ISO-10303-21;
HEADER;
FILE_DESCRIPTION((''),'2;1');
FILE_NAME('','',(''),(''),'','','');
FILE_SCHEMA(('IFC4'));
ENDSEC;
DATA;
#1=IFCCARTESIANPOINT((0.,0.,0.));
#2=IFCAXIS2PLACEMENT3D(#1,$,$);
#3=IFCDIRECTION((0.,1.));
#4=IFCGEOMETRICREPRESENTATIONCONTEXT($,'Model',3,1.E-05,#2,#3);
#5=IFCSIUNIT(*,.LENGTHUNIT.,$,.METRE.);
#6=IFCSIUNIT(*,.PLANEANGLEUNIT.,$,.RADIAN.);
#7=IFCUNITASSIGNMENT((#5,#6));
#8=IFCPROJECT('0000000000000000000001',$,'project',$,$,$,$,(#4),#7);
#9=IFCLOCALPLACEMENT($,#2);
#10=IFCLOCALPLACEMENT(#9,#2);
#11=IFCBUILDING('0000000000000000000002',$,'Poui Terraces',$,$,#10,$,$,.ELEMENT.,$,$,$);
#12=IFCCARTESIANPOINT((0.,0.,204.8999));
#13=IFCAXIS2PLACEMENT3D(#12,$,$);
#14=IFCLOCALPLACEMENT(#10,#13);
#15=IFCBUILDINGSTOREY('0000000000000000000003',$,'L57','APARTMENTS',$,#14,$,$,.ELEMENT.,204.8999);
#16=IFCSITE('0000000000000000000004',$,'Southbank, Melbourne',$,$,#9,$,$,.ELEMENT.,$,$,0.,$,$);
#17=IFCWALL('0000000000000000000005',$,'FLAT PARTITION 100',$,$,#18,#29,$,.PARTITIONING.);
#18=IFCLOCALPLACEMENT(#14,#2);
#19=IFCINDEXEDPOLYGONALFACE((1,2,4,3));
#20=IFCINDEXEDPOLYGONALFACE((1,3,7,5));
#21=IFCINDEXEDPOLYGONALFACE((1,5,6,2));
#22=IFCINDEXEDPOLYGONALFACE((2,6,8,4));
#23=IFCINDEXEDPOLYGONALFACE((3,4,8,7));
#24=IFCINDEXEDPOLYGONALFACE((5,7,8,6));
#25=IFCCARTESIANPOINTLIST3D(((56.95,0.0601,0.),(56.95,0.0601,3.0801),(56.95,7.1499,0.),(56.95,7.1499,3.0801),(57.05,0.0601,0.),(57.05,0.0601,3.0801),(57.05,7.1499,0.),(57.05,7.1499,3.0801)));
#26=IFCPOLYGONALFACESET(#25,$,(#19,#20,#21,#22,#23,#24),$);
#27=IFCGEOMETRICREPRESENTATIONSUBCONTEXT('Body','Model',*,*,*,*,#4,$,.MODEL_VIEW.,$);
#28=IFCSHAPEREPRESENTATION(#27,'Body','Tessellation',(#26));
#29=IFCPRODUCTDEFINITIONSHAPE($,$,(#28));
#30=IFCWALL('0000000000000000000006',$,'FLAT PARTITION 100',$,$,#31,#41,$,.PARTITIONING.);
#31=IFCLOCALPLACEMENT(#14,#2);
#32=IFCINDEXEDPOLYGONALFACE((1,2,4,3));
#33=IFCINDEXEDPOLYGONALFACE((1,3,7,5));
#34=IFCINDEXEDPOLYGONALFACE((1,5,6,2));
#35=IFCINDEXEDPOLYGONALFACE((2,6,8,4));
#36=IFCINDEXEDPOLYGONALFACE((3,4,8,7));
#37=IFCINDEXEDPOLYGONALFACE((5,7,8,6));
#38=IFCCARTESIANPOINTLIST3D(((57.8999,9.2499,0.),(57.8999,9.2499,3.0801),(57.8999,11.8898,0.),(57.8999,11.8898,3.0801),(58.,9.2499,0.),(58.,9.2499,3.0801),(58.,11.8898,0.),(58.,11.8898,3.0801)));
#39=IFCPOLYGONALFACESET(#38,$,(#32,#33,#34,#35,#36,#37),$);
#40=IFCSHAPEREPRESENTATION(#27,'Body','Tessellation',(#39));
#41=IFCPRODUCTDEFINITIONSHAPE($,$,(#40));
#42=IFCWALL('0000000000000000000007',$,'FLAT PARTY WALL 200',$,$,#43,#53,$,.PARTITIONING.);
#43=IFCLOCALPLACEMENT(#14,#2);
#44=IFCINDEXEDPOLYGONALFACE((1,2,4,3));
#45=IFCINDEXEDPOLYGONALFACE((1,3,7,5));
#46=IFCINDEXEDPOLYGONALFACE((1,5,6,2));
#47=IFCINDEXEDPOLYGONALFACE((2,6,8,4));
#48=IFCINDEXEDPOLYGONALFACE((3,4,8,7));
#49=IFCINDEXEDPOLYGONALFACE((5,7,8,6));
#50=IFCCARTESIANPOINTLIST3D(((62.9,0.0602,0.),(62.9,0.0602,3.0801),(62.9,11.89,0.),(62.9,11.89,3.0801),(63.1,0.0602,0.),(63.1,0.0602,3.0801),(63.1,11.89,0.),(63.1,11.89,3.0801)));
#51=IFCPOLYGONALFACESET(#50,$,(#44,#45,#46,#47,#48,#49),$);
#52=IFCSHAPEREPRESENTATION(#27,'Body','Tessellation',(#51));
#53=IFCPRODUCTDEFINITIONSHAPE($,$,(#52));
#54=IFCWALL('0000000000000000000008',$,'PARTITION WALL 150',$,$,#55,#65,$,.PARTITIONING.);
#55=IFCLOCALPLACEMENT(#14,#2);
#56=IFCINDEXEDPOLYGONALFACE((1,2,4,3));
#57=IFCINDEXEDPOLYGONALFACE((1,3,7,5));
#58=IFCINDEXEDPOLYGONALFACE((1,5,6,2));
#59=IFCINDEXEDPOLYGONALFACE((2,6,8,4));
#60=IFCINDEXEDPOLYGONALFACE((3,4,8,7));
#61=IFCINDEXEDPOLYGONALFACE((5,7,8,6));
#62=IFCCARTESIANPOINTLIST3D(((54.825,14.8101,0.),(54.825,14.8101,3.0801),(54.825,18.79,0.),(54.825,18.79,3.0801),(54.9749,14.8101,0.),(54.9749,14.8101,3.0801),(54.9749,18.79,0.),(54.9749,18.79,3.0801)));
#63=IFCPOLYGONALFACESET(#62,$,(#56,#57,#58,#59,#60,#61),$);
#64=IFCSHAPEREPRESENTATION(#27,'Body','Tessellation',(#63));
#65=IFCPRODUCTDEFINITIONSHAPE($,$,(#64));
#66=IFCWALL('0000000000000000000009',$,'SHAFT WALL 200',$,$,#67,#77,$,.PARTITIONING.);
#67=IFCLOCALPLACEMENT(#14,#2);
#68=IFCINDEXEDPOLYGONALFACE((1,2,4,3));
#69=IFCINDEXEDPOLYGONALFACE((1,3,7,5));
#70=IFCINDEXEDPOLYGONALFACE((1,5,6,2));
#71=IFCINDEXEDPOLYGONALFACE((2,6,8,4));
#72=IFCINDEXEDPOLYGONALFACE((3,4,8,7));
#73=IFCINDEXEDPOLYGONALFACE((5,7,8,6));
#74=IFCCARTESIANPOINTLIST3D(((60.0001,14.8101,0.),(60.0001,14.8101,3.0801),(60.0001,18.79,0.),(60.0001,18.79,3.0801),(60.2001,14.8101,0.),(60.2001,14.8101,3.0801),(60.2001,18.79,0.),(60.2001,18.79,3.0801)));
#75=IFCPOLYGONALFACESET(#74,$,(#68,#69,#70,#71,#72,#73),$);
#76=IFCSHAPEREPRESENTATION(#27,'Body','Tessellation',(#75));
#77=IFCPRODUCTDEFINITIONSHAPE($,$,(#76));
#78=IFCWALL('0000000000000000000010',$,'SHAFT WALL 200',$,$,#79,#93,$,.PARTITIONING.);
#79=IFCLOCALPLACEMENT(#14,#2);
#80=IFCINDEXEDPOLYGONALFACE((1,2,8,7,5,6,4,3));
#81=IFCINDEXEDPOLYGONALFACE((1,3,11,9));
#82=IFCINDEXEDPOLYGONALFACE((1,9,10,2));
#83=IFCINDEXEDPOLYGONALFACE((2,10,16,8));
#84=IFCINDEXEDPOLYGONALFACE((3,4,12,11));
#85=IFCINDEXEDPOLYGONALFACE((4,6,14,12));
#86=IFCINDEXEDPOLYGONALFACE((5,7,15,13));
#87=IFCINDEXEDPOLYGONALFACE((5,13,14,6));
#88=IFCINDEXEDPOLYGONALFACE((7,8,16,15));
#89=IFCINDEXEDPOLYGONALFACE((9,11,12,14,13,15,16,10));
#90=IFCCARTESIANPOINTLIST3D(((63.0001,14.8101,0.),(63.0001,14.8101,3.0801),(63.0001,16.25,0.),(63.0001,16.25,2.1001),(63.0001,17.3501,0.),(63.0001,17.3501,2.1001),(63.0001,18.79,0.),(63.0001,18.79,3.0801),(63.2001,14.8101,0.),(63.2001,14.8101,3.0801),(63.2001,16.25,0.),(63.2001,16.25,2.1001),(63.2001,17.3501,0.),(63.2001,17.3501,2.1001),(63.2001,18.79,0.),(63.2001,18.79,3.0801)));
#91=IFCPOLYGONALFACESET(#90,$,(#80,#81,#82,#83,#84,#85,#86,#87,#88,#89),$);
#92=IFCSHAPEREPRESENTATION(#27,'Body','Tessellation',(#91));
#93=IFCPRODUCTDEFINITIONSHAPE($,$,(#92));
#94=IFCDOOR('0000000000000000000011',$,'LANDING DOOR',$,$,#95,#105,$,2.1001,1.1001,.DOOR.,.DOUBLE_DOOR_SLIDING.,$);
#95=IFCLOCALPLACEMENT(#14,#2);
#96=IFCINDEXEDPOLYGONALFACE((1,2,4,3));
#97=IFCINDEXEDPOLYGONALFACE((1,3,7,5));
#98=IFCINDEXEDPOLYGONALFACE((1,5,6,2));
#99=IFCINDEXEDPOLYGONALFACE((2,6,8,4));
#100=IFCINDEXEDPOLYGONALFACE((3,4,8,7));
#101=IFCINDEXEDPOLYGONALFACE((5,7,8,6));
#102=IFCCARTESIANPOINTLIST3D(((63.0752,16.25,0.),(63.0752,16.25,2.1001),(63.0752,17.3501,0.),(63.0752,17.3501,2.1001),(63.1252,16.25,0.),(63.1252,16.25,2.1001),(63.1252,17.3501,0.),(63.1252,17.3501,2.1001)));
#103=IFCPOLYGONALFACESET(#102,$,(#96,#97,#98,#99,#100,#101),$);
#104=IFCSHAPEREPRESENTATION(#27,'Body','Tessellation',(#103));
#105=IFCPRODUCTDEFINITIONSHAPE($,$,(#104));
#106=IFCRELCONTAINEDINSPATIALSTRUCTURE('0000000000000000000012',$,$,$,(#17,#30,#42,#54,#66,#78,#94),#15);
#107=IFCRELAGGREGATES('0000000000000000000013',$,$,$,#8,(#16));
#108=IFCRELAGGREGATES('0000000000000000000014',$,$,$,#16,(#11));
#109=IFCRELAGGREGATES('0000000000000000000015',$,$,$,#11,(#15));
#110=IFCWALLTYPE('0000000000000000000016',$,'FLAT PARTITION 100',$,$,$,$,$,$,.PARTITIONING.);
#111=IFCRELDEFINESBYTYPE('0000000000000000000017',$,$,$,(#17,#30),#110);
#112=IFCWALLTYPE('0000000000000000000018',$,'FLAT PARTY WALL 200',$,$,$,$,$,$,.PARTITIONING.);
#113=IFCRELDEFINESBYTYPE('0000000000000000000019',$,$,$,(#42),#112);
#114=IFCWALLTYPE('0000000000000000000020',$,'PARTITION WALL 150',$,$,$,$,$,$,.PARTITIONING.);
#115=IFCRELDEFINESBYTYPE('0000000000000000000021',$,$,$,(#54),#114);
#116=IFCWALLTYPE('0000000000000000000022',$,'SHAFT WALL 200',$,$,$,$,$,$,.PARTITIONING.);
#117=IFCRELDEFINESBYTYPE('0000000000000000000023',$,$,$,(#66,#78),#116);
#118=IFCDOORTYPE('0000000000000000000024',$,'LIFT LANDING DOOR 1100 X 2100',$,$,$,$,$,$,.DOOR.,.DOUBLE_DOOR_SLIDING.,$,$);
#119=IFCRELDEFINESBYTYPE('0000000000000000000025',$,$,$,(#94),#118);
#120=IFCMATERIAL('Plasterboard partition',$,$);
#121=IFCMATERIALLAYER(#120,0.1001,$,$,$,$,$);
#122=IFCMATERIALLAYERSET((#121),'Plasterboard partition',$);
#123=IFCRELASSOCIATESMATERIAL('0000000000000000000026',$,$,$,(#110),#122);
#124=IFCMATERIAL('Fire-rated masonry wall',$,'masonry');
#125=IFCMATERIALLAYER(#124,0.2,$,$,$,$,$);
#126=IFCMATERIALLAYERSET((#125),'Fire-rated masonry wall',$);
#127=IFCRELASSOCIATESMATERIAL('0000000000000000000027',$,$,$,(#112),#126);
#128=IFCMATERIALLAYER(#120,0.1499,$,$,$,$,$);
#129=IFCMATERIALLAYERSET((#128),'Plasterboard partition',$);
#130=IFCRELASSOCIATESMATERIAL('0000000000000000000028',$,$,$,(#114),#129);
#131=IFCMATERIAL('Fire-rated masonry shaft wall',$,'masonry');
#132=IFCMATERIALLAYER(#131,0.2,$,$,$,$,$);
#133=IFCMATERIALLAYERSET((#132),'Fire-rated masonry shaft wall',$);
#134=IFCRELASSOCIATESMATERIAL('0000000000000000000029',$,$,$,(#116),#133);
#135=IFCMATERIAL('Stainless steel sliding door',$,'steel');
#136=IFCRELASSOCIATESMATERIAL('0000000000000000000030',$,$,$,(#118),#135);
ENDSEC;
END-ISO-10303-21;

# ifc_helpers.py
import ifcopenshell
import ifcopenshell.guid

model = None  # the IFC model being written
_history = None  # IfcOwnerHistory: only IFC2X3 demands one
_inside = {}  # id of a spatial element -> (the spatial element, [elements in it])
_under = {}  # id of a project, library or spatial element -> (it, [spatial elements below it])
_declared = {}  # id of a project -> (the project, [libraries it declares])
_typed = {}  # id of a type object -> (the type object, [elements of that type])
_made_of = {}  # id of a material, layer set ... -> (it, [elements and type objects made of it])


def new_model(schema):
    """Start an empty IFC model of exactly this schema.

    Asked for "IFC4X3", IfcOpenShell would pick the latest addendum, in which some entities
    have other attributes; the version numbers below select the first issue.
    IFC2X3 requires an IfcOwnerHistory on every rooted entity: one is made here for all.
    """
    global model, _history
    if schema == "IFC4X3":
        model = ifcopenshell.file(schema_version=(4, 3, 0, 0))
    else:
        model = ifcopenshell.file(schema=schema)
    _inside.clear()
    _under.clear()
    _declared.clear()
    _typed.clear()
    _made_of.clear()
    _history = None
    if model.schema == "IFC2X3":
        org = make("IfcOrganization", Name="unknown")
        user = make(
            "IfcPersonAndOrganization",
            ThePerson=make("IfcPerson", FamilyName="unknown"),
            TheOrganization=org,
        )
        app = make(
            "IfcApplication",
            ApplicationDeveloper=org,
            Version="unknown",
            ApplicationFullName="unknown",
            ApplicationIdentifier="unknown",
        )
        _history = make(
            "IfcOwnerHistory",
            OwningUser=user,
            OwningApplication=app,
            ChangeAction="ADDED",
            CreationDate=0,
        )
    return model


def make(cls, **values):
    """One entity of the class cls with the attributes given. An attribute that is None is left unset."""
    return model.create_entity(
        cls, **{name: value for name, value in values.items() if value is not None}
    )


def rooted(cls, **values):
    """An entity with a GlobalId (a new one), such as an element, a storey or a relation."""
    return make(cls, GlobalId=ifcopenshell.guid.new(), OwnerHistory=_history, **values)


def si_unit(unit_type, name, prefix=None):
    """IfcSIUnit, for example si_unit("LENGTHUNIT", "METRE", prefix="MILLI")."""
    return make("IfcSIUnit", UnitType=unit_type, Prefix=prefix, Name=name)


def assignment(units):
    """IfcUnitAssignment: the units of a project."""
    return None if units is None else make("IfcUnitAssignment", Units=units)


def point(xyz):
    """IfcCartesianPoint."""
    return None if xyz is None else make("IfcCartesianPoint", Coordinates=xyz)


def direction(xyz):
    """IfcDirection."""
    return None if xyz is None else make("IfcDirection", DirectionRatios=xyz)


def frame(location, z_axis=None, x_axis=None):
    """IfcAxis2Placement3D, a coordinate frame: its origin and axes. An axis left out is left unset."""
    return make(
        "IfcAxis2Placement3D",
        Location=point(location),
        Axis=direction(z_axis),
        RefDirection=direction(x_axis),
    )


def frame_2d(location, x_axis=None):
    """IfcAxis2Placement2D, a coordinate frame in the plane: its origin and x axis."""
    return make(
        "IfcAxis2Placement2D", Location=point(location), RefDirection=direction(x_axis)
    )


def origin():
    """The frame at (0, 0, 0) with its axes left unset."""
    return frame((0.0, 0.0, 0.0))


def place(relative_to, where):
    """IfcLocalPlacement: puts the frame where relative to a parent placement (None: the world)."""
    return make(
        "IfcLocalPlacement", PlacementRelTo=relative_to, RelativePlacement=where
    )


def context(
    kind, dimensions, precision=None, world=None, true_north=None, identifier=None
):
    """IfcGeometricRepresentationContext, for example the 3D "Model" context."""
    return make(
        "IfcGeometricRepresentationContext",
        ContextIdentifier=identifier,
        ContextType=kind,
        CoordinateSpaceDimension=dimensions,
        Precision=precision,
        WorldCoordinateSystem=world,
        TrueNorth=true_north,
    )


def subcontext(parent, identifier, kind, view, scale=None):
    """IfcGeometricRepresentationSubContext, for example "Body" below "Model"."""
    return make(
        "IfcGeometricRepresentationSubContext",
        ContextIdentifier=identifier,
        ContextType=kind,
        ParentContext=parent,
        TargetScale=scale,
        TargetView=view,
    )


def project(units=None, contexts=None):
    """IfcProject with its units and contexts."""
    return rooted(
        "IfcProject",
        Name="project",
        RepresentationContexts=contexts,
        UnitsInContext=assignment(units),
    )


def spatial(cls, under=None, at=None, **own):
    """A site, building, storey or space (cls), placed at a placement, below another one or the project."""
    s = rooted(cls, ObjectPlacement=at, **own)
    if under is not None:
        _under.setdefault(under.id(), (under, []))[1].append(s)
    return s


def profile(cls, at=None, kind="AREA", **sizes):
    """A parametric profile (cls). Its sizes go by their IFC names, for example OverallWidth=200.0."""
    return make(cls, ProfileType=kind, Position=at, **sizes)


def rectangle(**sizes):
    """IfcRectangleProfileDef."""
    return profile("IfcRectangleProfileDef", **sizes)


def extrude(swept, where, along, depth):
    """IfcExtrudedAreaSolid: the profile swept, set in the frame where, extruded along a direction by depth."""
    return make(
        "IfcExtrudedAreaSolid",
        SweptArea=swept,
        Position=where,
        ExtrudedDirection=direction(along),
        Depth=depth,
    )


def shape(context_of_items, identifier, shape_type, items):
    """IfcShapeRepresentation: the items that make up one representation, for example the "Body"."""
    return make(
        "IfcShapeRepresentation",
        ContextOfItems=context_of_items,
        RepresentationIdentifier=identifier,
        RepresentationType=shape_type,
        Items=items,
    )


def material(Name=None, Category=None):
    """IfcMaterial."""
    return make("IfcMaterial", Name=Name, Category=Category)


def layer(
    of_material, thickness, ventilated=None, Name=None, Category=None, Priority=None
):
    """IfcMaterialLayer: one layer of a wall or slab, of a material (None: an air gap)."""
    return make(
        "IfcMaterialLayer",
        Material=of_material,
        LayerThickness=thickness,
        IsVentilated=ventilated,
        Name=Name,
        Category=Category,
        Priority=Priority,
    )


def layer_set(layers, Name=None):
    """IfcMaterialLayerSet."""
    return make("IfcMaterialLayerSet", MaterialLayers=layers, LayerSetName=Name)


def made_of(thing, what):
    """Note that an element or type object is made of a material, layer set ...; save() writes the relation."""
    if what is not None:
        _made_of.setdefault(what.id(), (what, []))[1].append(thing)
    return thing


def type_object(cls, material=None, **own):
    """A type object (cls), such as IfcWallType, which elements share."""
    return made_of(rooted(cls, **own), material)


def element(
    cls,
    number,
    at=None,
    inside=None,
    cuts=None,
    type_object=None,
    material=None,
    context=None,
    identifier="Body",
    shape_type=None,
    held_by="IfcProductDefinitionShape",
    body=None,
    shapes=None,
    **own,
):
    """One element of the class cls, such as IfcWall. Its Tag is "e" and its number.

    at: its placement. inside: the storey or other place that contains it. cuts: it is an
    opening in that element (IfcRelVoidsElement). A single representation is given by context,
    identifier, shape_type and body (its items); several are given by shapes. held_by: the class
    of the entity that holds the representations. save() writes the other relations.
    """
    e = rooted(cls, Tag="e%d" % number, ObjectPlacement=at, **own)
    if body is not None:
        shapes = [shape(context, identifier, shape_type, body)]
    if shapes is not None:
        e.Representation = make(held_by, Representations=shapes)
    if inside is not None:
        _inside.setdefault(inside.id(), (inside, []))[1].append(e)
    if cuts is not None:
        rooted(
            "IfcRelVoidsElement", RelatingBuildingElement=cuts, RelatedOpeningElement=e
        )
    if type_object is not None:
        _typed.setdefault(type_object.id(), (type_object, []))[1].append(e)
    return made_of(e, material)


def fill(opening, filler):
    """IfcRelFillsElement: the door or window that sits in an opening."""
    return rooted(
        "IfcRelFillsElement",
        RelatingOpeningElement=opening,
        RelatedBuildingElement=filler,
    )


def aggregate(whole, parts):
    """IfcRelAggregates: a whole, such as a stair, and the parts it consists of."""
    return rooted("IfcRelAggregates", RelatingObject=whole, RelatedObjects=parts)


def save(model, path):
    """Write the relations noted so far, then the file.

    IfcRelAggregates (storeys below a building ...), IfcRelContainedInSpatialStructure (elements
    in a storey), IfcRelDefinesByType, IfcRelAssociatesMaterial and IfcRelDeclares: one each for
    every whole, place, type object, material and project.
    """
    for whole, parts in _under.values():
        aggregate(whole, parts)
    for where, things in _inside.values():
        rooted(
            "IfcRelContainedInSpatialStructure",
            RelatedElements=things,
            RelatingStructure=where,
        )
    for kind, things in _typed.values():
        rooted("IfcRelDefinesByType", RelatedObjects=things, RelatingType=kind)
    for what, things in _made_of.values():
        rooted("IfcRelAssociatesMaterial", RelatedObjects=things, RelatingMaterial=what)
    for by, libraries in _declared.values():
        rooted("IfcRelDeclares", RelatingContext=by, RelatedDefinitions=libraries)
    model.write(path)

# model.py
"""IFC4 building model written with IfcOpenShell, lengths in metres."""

from ifc_helpers import new_model, si_unit, direction, frame, frame_2d, origin, place, context, subcontext, project, spatial, rectangle, extrude, material, layer, layer_set, type_object, element, fill, save


model = new_model("IFC4")

# Units and contexts
model_context = context("Model", 3, precision=1e-05, world=origin(), true_north=direction((0.0, 1.0)))
body_context = subcontext(model_context, "Body", "Model", "MODEL_VIEW")
ifc_project = project(units=[si_unit("LENGTHUNIT", "METRE"), si_unit("PLANEANGLEUNIT", "RADIAN")], contexts=[model_context])

# Site, building, storey
site_placement = place(None, origin())
site = spatial("IfcSite", under=ifc_project, at=site_placement, Name="Southbank, Melbourne", CompositionType="ELEMENT", RefElevation=0.0)
building_placement = place(site_placement, origin())
building = spatial("IfcBuilding", under=site, at=building_placement, Name="Poui Terraces", CompositionType="ELEMENT")
storey_placement = place(building_placement, frame((0.0, 0.0, 204.8999)))
storey = spatial("IfcBuildingStorey", under=building, at=storey_placement, Name="L57", Description="APARTMENTS", CompositionType="ELEMENT", Elevation=204.8999)

# Shared definitions
ifc_material_1 = material(Name="Plasterboard partition")
ifc_layer_1 = layer(ifc_material_1, 0.1001)
ifc_layer_set_1 = layer_set([ifc_layer_1], Name="Plasterboard partition")
wall_type_1 = type_object("IfcWallType", Name="FLAT PARTITION 100", PredefinedType="PARTITIONING", material=ifc_layer_set_1)

# Walls
wall_1_placement = place(storey_placement, frame((57.0, 0.0601, 0.0), z_axis=(0.0, 0.0, 1.0), x_axis=(0.0, 1.0, 0.0)))
element("IfcWall", 1, at=wall_1_placement, inside=storey, type_object=wall_type_1, Name="FLAT PARTITION 100", PredefinedType="PARTITIONING", context=body_context, shape_type="SweptSolid", body=[
    extrude(rectangle(XDim=7.0898, YDim=0.1001, at=frame_2d((3.5449, 0.0))), origin(), (0.0, 0.0, 1.0), 3.0801),
])
wall_2_placement = place(storey_placement, frame((57.95, 9.25, 0.0), z_axis=(0.0, 0.0, 1.0), x_axis=(0.0, 1.0, 0.0)))
element("IfcWall", 2, at=wall_2_placement, inside=storey, type_object=wall_type_1, Name="FLAT PARTITION 100", PredefinedType="PARTITIONING", context=body_context, shape_type="SweptSolid", body=[
    extrude(rectangle(XDim=2.6399, YDim=0.1001, at=frame_2d((1.3198, 0.0))), origin(), (0.0, 0.0, 1.0), 3.0801),
])
ifc_material_2 = material(Name="Fire-rated masonry wall", Category="masonry")
ifc_layer_2 = layer(ifc_material_2, 0.2)
ifc_layer_set_2 = layer_set([ifc_layer_2], Name="Fire-rated masonry wall")
wall_type_2 = type_object("IfcWallType", Name="FLAT PARTY WALL 200", PredefinedType="PARTITIONING", material=ifc_layer_set_2)
wall_3_placement = place(storey_placement, frame((63.0, 0.0601, 0.0), z_axis=(0.0, 0.0, 1.0), x_axis=(0.0, 1.0, 0.0)))
element("IfcWall", 3, at=wall_3_placement, inside=storey, type_object=wall_type_2, Name="FLAT PARTY WALL 200", PredefinedType="PARTITIONING", context=body_context, shape_type="SweptSolid", body=[
    extrude(rectangle(XDim=11.8298, YDim=0.2, at=frame_2d((5.915, 0.0))), origin(), (0.0, 0.0, 1.0), 3.0801),
])
ifc_layer_3 = layer(ifc_material_1, 0.1499)
ifc_layer_set_3 = layer_set([ifc_layer_3], Name="Plasterboard partition")
wall_type_3 = type_object("IfcWallType", Name="PARTITION WALL 150", PredefinedType="PARTITIONING", material=ifc_layer_set_3)
wall_4_placement = place(storey_placement, frame((54.8999, 14.8101, 0.0), z_axis=(0.0, 0.0, 1.0), x_axis=(0.0, 1.0, 0.0)))
element("IfcWall", 4, at=wall_4_placement, inside=storey, type_object=wall_type_3, Name="PARTITION WALL 150", PredefinedType="PARTITIONING", context=body_context, shape_type="SweptSolid", body=[
    extrude(rectangle(XDim=3.98, YDim=0.1499, at=frame_2d((1.99, 0.0))), origin(), (0.0, 0.0, 1.0), 3.0801),
])
ifc_material_3 = material(Name="Fire-rated masonry shaft wall", Category="masonry")
ifc_layer_4 = layer(ifc_material_3, 0.2)
ifc_layer_set_4 = layer_set([ifc_layer_4], Name="Fire-rated masonry shaft wall")
wall_type_4 = type_object("IfcWallType", Name="SHAFT WALL 200", PredefinedType="PARTITIONING", material=ifc_layer_set_4)
wall_5_placement = place(storey_placement, frame((60.1001, 14.8101, 0.0), z_axis=(0.0, 0.0, 1.0), x_axis=(0.0, 1.0, 0.0)))
element("IfcWall", 5, at=wall_5_placement, inside=storey, type_object=wall_type_4, Name="SHAFT WALL 200", PredefinedType="PARTITIONING", context=body_context, shape_type="SweptSolid", body=[
    extrude(rectangle(XDim=3.98, YDim=0.2, at=frame_2d((1.99, 0.0))), origin(), (0.0, 0.0, 1.0), 3.0801),
])

# Wall, opening, door
wall_6_placement = place(storey_placement, frame((63.1001, 14.8101, 0.0), z_axis=(0.0, 0.0, 1.0), x_axis=(0.0, 1.0, 0.0)))
wall_6 = element("IfcWall", 6, at=wall_6_placement, inside=storey, type_object=wall_type_4, Name="SHAFT WALL 200", PredefinedType="PARTITIONING", context=body_context, shape_type="SweptSolid", body=[
    extrude(rectangle(XDim=3.98, YDim=0.2, at=frame_2d((1.99, 0.0))), origin(), (0.0, 0.0, 1.0), 3.0801),
])
opening_1_placement = place(wall_6_placement, frame((1.4399, 0.0, 0.0)))
opening_1 = element("IfcOpeningElement", 7, at=opening_1_placement, cuts=wall_6, PredefinedType="OPENING", context=body_context, shape_type="SweptSolid", body=[
    extrude(rectangle(XDim=1.1001, YDim=2.1001, at=frame_2d((0.55, 1.05))), frame((0.0, 0.1099, 0.0), z_axis=(0.0, -1.0, 0.0), x_axis=(1.0, 0.0, 0.0)), (0.0, 0.0, 1.0), 0.22),
])
ifc_material_4 = material(Name="Stainless steel sliding door", Category="steel")
door_type_1 = type_object("IfcDoorType", Name="LIFT LANDING DOOR 1100 X 2100", OperationType="DOUBLE_DOOR_SLIDING", PredefinedType="DOOR", material=ifc_material_4)
door_1_placement = place(opening_1_placement, origin())
door_1 = element("IfcDoor", 8, at=door_1_placement, inside=storey, type_object=door_type_1, Name="LANDING DOOR", OperationType="DOUBLE_DOOR_SLIDING", OverallHeight=2.1001, OverallWidth=1.1001, PredefinedType="DOOR", context=body_context, shape_type="SweptSolid", body=[
    extrude(rectangle(XDim=1.1001, YDim=2.1001, at=frame_2d((0.55, 1.05))), frame((0.0, 0.0249, 0.0), z_axis=(0.0, -1.0, 0.0), x_axis=(1.0, 0.0, 0.0)), (0.0, 0.0, 1.0), 0.05),
])
fill(opening_1, door_1)

save(model, "model.ifc")
